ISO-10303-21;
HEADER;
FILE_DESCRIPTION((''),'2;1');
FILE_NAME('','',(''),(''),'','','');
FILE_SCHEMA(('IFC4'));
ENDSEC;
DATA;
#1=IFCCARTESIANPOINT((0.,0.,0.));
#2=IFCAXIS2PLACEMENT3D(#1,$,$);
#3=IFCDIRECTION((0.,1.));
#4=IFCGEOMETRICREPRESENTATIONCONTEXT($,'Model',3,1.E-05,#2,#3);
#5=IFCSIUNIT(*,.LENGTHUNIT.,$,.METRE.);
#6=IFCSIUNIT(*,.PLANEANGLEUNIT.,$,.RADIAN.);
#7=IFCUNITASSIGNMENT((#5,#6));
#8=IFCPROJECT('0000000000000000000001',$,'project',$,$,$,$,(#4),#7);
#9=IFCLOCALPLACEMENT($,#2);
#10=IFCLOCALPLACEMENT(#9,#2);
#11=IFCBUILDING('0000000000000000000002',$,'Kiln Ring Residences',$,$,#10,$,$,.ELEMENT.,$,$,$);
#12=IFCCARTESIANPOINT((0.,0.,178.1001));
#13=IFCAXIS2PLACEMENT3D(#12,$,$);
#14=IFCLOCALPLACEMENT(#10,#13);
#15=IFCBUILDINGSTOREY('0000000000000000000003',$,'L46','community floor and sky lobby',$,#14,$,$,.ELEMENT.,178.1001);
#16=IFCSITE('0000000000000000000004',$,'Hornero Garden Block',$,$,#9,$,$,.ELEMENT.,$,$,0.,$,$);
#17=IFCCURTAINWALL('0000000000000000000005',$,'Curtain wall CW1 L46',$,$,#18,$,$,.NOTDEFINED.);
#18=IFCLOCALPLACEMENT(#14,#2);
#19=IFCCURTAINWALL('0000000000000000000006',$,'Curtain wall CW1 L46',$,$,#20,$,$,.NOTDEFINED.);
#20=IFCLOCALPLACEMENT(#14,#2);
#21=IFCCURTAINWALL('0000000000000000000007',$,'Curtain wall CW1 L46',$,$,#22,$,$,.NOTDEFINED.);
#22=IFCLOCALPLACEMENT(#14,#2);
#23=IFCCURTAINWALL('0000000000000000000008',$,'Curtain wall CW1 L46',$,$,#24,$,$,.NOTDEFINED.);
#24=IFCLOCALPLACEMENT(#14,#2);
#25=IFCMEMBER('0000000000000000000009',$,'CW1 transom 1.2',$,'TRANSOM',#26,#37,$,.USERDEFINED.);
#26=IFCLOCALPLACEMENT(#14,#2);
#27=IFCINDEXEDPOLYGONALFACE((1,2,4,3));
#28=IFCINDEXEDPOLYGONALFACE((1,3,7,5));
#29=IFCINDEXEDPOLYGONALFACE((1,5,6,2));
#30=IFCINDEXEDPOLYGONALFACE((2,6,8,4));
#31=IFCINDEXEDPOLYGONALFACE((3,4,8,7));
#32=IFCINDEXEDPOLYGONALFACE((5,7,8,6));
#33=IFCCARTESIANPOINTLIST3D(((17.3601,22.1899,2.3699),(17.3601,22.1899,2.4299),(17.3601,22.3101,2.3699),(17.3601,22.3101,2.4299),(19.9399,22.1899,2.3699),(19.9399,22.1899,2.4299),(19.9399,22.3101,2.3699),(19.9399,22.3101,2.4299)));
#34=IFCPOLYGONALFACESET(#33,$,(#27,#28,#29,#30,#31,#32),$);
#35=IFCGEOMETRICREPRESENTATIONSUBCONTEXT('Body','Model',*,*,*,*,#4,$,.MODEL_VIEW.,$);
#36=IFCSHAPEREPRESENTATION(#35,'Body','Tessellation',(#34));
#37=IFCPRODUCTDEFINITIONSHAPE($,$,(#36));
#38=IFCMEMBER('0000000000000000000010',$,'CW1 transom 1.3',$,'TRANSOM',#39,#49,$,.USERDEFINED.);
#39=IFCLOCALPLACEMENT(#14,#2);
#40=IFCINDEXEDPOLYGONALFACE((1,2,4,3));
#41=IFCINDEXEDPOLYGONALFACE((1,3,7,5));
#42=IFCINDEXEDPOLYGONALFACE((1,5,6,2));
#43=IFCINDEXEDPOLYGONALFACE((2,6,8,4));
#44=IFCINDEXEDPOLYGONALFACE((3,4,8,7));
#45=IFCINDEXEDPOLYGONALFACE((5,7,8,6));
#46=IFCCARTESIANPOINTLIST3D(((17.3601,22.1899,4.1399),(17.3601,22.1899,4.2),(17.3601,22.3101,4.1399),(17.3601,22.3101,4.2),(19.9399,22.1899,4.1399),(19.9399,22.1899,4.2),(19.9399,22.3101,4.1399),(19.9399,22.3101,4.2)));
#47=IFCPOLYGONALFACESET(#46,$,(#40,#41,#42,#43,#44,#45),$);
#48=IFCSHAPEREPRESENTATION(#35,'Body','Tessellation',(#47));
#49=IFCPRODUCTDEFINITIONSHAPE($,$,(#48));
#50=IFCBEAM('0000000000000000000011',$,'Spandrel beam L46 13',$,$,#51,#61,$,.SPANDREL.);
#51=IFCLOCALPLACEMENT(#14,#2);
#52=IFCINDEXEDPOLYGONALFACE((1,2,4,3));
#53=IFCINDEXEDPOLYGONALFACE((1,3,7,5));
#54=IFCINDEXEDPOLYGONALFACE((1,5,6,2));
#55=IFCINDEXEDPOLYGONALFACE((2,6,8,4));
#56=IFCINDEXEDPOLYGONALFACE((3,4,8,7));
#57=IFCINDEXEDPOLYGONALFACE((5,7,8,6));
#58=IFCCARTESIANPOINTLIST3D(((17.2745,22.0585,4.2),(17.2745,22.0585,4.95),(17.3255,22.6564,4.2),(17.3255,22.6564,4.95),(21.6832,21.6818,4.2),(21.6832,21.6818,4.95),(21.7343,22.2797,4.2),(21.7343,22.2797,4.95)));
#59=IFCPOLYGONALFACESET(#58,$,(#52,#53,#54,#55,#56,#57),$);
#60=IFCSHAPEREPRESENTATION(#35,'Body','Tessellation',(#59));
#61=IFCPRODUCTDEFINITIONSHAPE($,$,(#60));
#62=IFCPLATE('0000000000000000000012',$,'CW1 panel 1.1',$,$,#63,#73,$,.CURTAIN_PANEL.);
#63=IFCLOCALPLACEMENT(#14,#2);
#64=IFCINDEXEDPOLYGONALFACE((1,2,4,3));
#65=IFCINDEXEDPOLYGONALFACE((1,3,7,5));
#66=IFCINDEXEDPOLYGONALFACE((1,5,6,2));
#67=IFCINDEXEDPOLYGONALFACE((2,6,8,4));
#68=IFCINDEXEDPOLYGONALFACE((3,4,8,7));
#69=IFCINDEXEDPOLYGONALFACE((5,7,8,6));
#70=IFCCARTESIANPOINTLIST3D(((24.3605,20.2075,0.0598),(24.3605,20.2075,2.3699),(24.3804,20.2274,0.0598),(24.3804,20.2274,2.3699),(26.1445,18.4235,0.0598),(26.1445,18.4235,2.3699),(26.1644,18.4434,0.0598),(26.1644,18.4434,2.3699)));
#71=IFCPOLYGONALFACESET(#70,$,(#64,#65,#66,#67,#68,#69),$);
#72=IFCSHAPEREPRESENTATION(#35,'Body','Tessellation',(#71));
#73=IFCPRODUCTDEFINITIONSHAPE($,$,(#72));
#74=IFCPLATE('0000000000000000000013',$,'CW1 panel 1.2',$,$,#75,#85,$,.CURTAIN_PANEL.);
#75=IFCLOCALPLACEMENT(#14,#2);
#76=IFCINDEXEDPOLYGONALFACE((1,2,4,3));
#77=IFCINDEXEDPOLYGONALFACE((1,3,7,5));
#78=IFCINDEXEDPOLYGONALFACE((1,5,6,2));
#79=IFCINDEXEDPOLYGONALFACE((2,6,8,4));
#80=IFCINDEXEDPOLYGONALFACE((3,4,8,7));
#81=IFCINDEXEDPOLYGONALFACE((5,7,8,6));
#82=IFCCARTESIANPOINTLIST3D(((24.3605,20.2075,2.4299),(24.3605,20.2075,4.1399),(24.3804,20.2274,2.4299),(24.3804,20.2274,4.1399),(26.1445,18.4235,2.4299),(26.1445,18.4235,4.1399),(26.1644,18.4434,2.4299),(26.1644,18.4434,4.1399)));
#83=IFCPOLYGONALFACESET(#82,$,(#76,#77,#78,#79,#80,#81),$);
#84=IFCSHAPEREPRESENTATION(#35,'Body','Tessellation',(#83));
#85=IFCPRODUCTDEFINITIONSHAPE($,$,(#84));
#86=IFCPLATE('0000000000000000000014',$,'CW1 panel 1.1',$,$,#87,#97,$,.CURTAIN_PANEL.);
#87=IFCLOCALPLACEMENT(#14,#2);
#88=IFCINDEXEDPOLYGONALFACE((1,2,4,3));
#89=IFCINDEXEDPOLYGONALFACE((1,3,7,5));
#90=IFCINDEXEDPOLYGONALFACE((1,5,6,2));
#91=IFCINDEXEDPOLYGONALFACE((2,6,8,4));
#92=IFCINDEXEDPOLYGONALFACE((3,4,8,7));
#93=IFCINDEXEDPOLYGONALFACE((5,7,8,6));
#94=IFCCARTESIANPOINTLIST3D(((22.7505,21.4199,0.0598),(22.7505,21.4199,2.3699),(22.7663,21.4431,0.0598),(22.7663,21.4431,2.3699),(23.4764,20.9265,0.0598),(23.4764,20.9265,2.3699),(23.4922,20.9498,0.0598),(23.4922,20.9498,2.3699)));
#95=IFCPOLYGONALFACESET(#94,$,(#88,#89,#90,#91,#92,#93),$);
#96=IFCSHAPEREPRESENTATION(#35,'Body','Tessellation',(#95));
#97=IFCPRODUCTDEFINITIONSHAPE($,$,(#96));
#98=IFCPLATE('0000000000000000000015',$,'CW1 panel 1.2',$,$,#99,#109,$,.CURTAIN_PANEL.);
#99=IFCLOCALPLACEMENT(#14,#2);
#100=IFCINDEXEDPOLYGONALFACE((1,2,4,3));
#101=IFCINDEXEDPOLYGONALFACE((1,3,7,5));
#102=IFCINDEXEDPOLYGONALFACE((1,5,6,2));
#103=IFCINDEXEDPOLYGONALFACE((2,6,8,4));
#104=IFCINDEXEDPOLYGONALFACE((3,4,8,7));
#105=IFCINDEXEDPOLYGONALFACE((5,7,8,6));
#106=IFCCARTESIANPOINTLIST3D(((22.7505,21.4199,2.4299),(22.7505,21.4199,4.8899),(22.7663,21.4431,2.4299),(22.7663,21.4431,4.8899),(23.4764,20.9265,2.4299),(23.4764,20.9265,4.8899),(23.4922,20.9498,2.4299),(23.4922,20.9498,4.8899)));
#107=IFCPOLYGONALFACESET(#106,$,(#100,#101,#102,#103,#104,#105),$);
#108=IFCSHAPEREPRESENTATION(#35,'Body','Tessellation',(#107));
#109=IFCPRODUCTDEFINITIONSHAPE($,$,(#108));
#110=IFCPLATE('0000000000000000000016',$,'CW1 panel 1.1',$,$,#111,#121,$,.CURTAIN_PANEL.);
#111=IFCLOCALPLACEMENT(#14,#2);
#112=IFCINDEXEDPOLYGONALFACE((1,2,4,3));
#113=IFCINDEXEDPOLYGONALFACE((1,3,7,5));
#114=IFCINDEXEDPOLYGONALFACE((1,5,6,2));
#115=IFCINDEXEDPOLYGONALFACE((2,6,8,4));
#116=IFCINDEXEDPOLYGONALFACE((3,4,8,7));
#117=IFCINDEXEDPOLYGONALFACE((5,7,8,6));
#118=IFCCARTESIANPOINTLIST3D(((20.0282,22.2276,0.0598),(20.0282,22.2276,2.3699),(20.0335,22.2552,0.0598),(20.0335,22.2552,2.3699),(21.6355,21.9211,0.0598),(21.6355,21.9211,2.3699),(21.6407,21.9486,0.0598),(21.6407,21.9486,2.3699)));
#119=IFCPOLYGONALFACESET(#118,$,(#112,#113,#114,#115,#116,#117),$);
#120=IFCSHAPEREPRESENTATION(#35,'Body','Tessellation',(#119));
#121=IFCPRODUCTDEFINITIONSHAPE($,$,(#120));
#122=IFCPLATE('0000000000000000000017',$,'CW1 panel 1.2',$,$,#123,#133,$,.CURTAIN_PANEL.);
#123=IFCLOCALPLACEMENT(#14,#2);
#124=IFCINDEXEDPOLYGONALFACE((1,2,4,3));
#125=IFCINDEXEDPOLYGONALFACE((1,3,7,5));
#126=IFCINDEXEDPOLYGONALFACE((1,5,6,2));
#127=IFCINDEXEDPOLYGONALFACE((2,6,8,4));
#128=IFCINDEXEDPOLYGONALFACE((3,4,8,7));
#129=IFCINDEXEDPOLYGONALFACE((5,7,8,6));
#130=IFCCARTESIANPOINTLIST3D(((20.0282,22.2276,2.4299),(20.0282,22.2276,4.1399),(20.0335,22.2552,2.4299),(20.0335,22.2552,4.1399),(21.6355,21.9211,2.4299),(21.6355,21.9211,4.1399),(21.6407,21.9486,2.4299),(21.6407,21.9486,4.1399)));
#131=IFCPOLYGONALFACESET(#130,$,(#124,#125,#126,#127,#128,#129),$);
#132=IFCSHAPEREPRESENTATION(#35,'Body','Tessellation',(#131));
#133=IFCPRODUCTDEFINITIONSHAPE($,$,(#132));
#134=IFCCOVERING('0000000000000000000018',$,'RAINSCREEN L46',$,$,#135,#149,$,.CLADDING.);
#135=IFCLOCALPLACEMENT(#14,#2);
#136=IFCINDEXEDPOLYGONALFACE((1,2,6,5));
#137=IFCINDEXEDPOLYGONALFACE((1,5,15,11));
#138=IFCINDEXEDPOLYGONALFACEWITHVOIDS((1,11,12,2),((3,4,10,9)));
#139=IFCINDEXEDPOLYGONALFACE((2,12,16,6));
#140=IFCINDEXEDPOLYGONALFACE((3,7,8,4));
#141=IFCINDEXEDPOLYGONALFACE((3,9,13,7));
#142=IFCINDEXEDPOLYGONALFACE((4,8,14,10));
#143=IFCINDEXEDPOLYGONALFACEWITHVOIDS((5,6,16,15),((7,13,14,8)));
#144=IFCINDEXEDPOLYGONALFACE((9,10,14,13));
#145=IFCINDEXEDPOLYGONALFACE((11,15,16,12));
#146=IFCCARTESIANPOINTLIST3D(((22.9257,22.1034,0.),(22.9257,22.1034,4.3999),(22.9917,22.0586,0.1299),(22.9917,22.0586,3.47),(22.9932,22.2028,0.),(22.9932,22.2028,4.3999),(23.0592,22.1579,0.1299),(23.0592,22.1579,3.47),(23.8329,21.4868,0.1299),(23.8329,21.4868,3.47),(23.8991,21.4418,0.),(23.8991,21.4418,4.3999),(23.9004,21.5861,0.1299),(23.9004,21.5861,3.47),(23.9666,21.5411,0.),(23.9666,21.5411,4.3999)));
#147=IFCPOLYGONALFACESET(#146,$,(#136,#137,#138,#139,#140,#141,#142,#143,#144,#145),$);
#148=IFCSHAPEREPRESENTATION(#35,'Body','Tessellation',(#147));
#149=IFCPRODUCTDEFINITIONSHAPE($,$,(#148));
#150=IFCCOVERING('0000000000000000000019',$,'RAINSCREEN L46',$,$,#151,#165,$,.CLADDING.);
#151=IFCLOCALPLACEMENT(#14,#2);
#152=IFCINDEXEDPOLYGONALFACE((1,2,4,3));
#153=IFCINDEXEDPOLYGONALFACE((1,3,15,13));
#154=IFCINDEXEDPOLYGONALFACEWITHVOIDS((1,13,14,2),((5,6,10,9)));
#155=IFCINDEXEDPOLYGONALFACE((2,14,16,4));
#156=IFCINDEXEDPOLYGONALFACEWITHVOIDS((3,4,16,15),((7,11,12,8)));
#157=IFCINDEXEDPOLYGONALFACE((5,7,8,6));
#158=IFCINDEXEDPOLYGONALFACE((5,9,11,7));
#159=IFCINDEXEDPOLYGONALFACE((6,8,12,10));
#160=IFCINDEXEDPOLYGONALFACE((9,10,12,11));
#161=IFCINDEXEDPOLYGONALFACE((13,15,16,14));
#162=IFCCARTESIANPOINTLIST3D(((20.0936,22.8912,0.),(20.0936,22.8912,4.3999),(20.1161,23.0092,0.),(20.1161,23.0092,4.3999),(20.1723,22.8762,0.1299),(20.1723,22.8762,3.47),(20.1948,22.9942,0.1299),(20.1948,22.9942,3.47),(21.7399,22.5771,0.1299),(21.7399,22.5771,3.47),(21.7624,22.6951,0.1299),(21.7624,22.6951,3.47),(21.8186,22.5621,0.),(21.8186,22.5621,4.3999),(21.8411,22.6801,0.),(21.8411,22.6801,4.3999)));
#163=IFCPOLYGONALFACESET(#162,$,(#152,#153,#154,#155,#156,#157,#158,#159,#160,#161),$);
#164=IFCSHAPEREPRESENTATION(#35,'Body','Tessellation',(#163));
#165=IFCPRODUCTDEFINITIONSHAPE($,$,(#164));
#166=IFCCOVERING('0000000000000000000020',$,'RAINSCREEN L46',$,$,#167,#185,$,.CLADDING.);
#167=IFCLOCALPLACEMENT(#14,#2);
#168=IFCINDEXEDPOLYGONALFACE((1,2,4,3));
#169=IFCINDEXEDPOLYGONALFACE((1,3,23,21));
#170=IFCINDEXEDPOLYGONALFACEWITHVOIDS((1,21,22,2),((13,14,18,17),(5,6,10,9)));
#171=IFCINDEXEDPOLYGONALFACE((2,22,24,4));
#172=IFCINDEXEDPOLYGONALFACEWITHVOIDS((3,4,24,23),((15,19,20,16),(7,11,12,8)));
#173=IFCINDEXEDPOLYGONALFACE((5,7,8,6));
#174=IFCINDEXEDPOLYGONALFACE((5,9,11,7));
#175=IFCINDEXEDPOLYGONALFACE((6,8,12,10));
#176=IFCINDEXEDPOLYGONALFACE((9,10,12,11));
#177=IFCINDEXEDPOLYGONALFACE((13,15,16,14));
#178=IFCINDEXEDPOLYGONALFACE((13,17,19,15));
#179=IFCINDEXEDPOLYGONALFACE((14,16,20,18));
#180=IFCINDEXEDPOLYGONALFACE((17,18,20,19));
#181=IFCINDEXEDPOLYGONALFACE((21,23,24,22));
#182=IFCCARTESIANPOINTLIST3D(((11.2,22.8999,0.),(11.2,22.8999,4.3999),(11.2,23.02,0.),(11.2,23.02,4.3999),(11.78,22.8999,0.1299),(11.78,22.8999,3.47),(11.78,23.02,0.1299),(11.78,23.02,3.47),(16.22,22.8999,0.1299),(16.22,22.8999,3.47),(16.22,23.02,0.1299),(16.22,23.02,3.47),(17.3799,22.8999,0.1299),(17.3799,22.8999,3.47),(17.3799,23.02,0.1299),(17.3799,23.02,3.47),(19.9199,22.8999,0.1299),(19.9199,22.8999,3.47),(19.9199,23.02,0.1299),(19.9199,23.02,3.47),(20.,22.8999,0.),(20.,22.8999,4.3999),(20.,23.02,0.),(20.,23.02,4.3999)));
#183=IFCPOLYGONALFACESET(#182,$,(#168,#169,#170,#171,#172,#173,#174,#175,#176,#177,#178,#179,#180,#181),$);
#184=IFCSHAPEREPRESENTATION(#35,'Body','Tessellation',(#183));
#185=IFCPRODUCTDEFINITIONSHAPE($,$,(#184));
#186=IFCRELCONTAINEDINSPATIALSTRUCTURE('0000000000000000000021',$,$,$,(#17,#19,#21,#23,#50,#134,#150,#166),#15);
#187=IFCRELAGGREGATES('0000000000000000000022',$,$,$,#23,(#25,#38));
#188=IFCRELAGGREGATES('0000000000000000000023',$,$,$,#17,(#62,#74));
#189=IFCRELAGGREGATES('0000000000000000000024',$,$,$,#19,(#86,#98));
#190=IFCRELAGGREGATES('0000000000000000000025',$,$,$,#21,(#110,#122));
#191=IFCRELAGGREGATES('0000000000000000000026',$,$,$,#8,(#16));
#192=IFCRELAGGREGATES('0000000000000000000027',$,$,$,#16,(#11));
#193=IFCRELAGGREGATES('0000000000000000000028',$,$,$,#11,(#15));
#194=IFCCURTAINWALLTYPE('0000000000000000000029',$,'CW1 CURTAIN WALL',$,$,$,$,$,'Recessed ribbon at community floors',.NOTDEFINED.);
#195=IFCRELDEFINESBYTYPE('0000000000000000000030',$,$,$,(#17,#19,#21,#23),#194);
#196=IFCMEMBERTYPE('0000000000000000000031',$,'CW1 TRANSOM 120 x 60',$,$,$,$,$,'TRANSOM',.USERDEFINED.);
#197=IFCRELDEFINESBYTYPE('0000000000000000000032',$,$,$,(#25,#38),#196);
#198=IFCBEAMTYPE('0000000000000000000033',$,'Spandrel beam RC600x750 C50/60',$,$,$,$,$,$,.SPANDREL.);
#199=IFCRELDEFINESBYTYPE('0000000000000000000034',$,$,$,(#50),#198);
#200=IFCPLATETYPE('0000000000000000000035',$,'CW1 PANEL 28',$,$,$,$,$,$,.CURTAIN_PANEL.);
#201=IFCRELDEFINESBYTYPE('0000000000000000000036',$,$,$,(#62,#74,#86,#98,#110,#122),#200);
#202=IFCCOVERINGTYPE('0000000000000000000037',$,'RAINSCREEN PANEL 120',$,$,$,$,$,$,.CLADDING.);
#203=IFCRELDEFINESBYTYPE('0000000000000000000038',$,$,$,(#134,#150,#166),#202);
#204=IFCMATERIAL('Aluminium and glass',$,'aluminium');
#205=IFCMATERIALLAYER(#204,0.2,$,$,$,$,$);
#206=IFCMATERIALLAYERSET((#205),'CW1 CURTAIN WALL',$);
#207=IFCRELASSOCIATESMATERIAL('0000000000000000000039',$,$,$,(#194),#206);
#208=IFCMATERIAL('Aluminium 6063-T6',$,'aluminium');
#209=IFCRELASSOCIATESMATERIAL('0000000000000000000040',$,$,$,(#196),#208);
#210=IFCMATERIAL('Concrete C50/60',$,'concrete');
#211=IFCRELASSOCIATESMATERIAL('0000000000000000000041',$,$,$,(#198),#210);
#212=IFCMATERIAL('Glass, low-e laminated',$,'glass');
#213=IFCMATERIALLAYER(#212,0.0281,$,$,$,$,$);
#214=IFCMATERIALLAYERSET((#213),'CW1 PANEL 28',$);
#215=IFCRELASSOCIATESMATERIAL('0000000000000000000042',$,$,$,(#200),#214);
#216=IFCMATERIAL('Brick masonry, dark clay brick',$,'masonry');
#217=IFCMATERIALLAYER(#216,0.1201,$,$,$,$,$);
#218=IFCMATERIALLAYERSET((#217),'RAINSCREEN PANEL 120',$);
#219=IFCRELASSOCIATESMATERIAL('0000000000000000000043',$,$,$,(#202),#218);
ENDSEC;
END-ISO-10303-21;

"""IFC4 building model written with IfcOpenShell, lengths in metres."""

from ifc_helpers import new_model, si_unit, direction, frame, origin, origin_2d, place, context, subcontext, project, spatial, polyline, rectangle, outline, extrude, material, layer, layer_set, material_profile, profile_set, type_object, element, aggregate, save


model = new_model("IFC4")

# Units and contexts
model_context = context("Model", 3, precision=1e-05, world=origin(), true_north=direction((0.0, 1.0)))
body_context = subcontext(model_context, "Body", "Model", "MODEL_VIEW")
ifc_project = project(units=[si_unit("LENGTHUNIT", "METRE"), si_unit("PLANEANGLEUNIT", "RADIAN")], contexts=[model_context])

# Site, building, storey
site_placement = place(None, origin())
site = spatial("IfcSite", under=ifc_project, at=site_placement, Name="Hornero Garden Block", CompositionType="ELEMENT", RefElevation=0.0)
building_placement = place(site_placement, origin())
building = spatial("IfcBuilding", under=site, at=building_placement, Name="Kiln Ring Residences", CompositionType="ELEMENT")
storey_placement = place(building_placement, frame((0.0, 0.0, 178.1001)))
storey = spatial("IfcBuildingStorey", under=building, at=storey_placement, Name="L46", Description="community floor and sky lobby", CompositionType="ELEMENT", Elevation=178.1001)

# Curtain wall
ifc_material_1 = material(Name="Aluminium and glass", Category="aluminium")
ifc_layer_1 = layer(ifc_material_1, 0.2)
ifc_layer_set_1 = layer_set([ifc_layer_1], Name="CW1 CURTAIN WALL")
curtain_wall_type = type_object("IfcCurtainWallType", Name="CW1 CURTAIN WALL", ElementType="Recessed ribbon at community floors", PredefinedType="NOTDEFINED", material=ifc_layer_set_1)
placement = place(storey_placement, origin())
curtain_wall_1 = element("IfcCurtainWall", 1, at=placement, inside=storey, type_object=curtain_wall_type, Name="Curtain wall CW1 L46", PredefinedType="NOTDEFINED")

# Curtain walls
curtain_wall_2 = element("IfcCurtainWall", 2, at=placement, inside=storey, type_object=curtain_wall_type, Name="Curtain wall CW1 L46", PredefinedType="NOTDEFINED")
curtain_wall_3 = element("IfcCurtainWall", 3, at=placement, inside=storey, type_object=curtain_wall_type, Name="Curtain wall CW1 L46", PredefinedType="NOTDEFINED")

# Curtain wall
curtain_wall_4 = element("IfcCurtainWall", 4, at=placement, inside=storey, type_object=curtain_wall_type, Name="Curtain wall CW1 L46", PredefinedType="NOTDEFINED")

# Members
ifc_material_2 = material(Name="Aluminium 6063-T6", Category="aluminium")
ifc_material_profile_1 = material_profile(ifc_material_2, rectangle(XDim=0.1201, YDim=0.0601, at=origin_2d()), Name="AL 120x60")
ifc_profile_set_1 = profile_set([ifc_material_profile_1], Name="Aluminium 6063-T6")
member_type_1 = type_object("IfcMemberType", Name="CW1 TRANSOM 120 x 60", ElementType="TRANSOM", PredefinedType="USERDEFINED", material=ifc_profile_set_1)
member_1_placement = place(storey_placement, frame((19.9399, 22.25, 2.3999), z_axis=(-1.0, 0.0, 0.0), x_axis=(0.0, -1.0, 0.0)))
member_1 = element("IfcMember", 5, at=member_1_placement, type_object=member_type_1, Name="CW1 transom 1.2", ObjectType="TRANSOM", PredefinedType="USERDEFINED", context=body_context, shape_type="SweptSolid", body=[
    extrude(rectangle(XDim=0.1201, YDim=0.0601, at=origin_2d()), origin(), (0.0, 0.0, 1.0), 2.5798),
])
member_2_placement = place(storey_placement, frame((19.9399, 22.25, 4.1699), z_axis=(-1.0, 0.0, 0.0), x_axis=(0.0, -1.0, 0.0)))
member_2 = element("IfcMember", 6, at=member_2_placement, type_object=member_type_1, Name="CW1 transom 1.3", ObjectType="TRANSOM", PredefinedType="USERDEFINED", context=body_context, shape_type="SweptSolid", body=[
    extrude(rectangle(XDim=0.1201, YDim=0.0601, at=origin_2d()), origin(), (0.0, 0.0, 1.0), 2.5798),
])
aggregate(curtain_wall_4, [member_1, member_2])

# Beam
ifc_material_3 = material(Name="Concrete C50/60", Category="concrete")
ifc_material_profile_2 = material_profile(ifc_material_3, rectangle(XDim=0.6001, YDim=0.75, at=origin_2d()), Name="RC600x750")
ifc_profile_set_2 = profile_set([ifc_material_profile_2], Name="Concrete C50/60")
beam_type = type_object("IfcBeamType", Name="Spandrel beam RC600x750 C50/60", PredefinedType="SPANDREL", material=ifc_profile_set_2)
beam_placement = place(storey_placement, frame((21.7087, 21.9807, 4.575), z_axis=(-0.996369, 0.085137, 0.0), x_axis=(-0.085137, -0.996369, 0.0)))
element("IfcBeam", 7, at=beam_placement, inside=storey, type_object=beam_type, Name="Spandrel beam L46 13", PredefinedType="SPANDREL", context=body_context, shape_type="SweptSolid", body=[
    extrude(rectangle(XDim=0.6001, YDim=0.75, at=origin_2d()), origin(), (0.0, 0.0, 1.0), 4.4248),
])

# Plates
ifc_material_4 = material(Name="Glass, low-e laminated", Category="glass")
ifc_layer_2 = layer(ifc_material_4, 0.0281)
ifc_layer_set_2 = layer_set([ifc_layer_2], Name="CW1 PANEL 28")
plate_type = type_object("IfcPlateType", Name="CW1 PANEL 28", PredefinedType="CURTAIN_PANEL", material=ifc_layer_set_2)
plate_1_placement = place(storey_placement, frame((25.2625, 19.3254, 0.0598), z_axis=(0.0, 0.0, 1.0), x_axis=(-0.707107, 0.707107, 0.0)))
plate_1 = element("IfcPlate", 8, at=plate_1_placement, type_object=plate_type, Name="CW1 panel 1.1", PredefinedType="CURTAIN_PANEL", context=body_context, shape_type="SweptSolid", body=[
    extrude(rectangle(XDim=2.5229, YDim=0.0281, at=origin_2d()), origin(), (0.0, 0.0, 1.0), 2.3101),
])
plate_2_placement = place(storey_placement, frame((25.2625, 19.3254, 2.4299), z_axis=(0.0, 0.0, 1.0), x_axis=(-0.707107, 0.707107, 0.0)))
plate_2 = element("IfcPlate", 9, at=plate_2_placement, type_object=plate_type, Name="CW1 panel 1.2", PredefinedType="CURTAIN_PANEL", context=body_context, shape_type="SweptSolid", body=[
    extrude(rectangle(XDim=2.5229, YDim=0.0281, at=origin_2d()), origin(), (0.0, 0.0, 1.0), 1.71),
])
aggregate(curtain_wall_1, [plate_1, plate_2])
plate_3_placement = place(storey_placement, frame((23.1213, 21.1848, 0.0598), z_axis=(0.0, 0.0, 1.0), x_axis=(-0.827072, 0.562097, 0.0)))
plate_3 = element("IfcPlate", 10, at=plate_3_placement, type_object=plate_type, Name="CW1 panel 1.1", PredefinedType="CURTAIN_PANEL", context=body_context, shape_type="SweptSolid", body=[
    extrude(rectangle(XDim=0.8777, YDim=0.0281, at=origin_2d()), origin(), (0.0, 0.0, 1.0), 2.3101),
])
plate_4_placement = place(storey_placement, frame((23.1213, 21.1848, 2.4299), z_axis=(0.0, 0.0, 1.0), x_axis=(-0.827072, 0.562097, 0.0)))
plate_4 = element("IfcPlate", 11, at=plate_4_placement, type_object=plate_type, Name="CW1 panel 1.2", PredefinedType="CURTAIN_PANEL", context=body_context, shape_type="SweptSolid", body=[
    extrude(rectangle(XDim=0.8777, YDim=0.0281, at=origin_2d()), origin(), (0.0, 0.0, 1.0), 2.46),
])
aggregate(curtain_wall_2, [plate_3, plate_4])
plate_5_placement = place(storey_placement, frame((20.8345, 22.0881, 0.0598), z_axis=(0.0, 0.0, 1.0), x_axis=(-0.98229, 0.187366, 0.0)))
plate_5 = element("IfcPlate", 12, at=plate_5_placement, type_object=plate_type, Name="CW1 panel 1.1", PredefinedType="CURTAIN_PANEL", context=body_context, shape_type="SweptSolid", body=[
    extrude(rectangle(XDim=1.6362, YDim=0.0281, at=origin_2d()), origin(), (0.0, 0.0, 1.0), 2.3101),
])
plate_6_placement = place(storey_placement, frame((20.8345, 22.0881, 2.4299), z_axis=(0.0, 0.0, 1.0), x_axis=(-0.98229, 0.187366, 0.0)))
plate_6 = element("IfcPlate", 13, at=plate_6_placement, type_object=plate_type, Name="CW1 panel 1.2", PredefinedType="CURTAIN_PANEL", context=body_context, shape_type="SweptSolid", body=[
    extrude(rectangle(XDim=1.6362, YDim=0.0281, at=origin_2d()), origin(), (0.0, 0.0, 1.0), 1.71),
])
aggregate(curtain_wall_3, [plate_5, plate_6])

# Coverings
ifc_material_5 = material(Name="Brick masonry, dark clay brick", Category="masonry")
ifc_layer_3 = layer(ifc_material_5, 0.1201)
ifc_layer_set_3 = layer_set([ifc_layer_3], Name="RAINSCREEN PANEL 120")
covering_type = type_object("IfcCoveringType", Name="RAINSCREEN PANEL 120", PredefinedType="CLADDING", material=ifc_layer_set_3)
covering_1_placement = place(storey_placement, frame((23.9329, 21.4915, 0.0), z_axis=(0.0, 0.0, 1.0), x_axis=(-0.827038, 0.562145, 0.0)))
element("IfcCovering", 14, at=covering_1_placement, inside=storey, type_object=covering_type, Name="RAINSCREEN L46", PredefinedType="CLADDING", context=body_context, shape_type="SweptSolid", body=[
    extrude(outline(polyline([(0.0, 0.0), (1.177, 0.0), (1.177, 4.3999), (0.0, 4.3999), (0.0, 0.0)]), holes=[polyline([(0.0801, 3.47), (0.0801, 0.1299), (1.0972, 0.1299), (1.0972, 3.47), (0.0801, 3.47)])]), frame((0.0, 0.0601, 0.0), z_axis=(0.0, -1.0, 0.0), x_axis=(1.0, 0.0, 0.0)), (0.0, 0.0, 1.0), 0.1201),
])
covering_2_placement = place(storey_placement, frame((21.8298, 22.6211, 0.0), z_axis=(0.0, 0.0, 1.0), x_axis=(-0.98228, 0.187419, 0.0)))
element("IfcCovering", 15, at=covering_2_placement, inside=storey, type_object=covering_type, Name="RAINSCREEN L46", PredefinedType="CLADDING", context=body_context, shape_type="SweptSolid", body=[
    extrude(outline(polyline([(0.0, 0.0), (1.7561, 0.0), (1.7561, 4.3999), (0.0, 4.3999), (0.0, 0.0)]), holes=[polyline([(0.0801, 3.47), (0.0801, 0.1299), (1.676, 0.1299), (1.676, 3.47), (0.0801, 3.47)])]), frame((0.0, 0.0601, 0.0), z_axis=(0.0, -1.0, 0.0), x_axis=(1.0, 0.0, 0.0)), (0.0, 0.0, 1.0), 0.1201),
])
covering_3_placement = place(storey_placement, frame((20.0, 22.96, 0.0), z_axis=(0.0, 0.0, 1.0), x_axis=(-1.0, 0.0, 0.0)))
element("IfcCovering", 16, at=covering_3_placement, inside=storey, type_object=covering_type, Name="RAINSCREEN L46", PredefinedType="CLADDING", context=body_context, shape_type="SweptSolid", body=[
    extrude(outline(polyline([(0.0, 0.0), (8.8, 0.0), (8.8, 4.3999), (0.0, 4.3999), (0.0, 0.0)]), holes=[polyline([(2.6201, 3.47), (0.0801, 3.47), (0.0801, 0.1299), (2.6201, 0.1299), (2.6201, 3.47)]), polyline([(8.22, 3.47), (3.78, 3.47), (3.78, 0.1299), (8.22, 0.1299), (8.22, 3.47)])]), frame((0.0, 0.0601, 0.0), z_axis=(0.0, -1.0, 0.0), x_axis=(1.0, 0.0, 0.0)), (0.0, 0.0, 1.0), 0.1201),
])

save(model, "model.ifc")
